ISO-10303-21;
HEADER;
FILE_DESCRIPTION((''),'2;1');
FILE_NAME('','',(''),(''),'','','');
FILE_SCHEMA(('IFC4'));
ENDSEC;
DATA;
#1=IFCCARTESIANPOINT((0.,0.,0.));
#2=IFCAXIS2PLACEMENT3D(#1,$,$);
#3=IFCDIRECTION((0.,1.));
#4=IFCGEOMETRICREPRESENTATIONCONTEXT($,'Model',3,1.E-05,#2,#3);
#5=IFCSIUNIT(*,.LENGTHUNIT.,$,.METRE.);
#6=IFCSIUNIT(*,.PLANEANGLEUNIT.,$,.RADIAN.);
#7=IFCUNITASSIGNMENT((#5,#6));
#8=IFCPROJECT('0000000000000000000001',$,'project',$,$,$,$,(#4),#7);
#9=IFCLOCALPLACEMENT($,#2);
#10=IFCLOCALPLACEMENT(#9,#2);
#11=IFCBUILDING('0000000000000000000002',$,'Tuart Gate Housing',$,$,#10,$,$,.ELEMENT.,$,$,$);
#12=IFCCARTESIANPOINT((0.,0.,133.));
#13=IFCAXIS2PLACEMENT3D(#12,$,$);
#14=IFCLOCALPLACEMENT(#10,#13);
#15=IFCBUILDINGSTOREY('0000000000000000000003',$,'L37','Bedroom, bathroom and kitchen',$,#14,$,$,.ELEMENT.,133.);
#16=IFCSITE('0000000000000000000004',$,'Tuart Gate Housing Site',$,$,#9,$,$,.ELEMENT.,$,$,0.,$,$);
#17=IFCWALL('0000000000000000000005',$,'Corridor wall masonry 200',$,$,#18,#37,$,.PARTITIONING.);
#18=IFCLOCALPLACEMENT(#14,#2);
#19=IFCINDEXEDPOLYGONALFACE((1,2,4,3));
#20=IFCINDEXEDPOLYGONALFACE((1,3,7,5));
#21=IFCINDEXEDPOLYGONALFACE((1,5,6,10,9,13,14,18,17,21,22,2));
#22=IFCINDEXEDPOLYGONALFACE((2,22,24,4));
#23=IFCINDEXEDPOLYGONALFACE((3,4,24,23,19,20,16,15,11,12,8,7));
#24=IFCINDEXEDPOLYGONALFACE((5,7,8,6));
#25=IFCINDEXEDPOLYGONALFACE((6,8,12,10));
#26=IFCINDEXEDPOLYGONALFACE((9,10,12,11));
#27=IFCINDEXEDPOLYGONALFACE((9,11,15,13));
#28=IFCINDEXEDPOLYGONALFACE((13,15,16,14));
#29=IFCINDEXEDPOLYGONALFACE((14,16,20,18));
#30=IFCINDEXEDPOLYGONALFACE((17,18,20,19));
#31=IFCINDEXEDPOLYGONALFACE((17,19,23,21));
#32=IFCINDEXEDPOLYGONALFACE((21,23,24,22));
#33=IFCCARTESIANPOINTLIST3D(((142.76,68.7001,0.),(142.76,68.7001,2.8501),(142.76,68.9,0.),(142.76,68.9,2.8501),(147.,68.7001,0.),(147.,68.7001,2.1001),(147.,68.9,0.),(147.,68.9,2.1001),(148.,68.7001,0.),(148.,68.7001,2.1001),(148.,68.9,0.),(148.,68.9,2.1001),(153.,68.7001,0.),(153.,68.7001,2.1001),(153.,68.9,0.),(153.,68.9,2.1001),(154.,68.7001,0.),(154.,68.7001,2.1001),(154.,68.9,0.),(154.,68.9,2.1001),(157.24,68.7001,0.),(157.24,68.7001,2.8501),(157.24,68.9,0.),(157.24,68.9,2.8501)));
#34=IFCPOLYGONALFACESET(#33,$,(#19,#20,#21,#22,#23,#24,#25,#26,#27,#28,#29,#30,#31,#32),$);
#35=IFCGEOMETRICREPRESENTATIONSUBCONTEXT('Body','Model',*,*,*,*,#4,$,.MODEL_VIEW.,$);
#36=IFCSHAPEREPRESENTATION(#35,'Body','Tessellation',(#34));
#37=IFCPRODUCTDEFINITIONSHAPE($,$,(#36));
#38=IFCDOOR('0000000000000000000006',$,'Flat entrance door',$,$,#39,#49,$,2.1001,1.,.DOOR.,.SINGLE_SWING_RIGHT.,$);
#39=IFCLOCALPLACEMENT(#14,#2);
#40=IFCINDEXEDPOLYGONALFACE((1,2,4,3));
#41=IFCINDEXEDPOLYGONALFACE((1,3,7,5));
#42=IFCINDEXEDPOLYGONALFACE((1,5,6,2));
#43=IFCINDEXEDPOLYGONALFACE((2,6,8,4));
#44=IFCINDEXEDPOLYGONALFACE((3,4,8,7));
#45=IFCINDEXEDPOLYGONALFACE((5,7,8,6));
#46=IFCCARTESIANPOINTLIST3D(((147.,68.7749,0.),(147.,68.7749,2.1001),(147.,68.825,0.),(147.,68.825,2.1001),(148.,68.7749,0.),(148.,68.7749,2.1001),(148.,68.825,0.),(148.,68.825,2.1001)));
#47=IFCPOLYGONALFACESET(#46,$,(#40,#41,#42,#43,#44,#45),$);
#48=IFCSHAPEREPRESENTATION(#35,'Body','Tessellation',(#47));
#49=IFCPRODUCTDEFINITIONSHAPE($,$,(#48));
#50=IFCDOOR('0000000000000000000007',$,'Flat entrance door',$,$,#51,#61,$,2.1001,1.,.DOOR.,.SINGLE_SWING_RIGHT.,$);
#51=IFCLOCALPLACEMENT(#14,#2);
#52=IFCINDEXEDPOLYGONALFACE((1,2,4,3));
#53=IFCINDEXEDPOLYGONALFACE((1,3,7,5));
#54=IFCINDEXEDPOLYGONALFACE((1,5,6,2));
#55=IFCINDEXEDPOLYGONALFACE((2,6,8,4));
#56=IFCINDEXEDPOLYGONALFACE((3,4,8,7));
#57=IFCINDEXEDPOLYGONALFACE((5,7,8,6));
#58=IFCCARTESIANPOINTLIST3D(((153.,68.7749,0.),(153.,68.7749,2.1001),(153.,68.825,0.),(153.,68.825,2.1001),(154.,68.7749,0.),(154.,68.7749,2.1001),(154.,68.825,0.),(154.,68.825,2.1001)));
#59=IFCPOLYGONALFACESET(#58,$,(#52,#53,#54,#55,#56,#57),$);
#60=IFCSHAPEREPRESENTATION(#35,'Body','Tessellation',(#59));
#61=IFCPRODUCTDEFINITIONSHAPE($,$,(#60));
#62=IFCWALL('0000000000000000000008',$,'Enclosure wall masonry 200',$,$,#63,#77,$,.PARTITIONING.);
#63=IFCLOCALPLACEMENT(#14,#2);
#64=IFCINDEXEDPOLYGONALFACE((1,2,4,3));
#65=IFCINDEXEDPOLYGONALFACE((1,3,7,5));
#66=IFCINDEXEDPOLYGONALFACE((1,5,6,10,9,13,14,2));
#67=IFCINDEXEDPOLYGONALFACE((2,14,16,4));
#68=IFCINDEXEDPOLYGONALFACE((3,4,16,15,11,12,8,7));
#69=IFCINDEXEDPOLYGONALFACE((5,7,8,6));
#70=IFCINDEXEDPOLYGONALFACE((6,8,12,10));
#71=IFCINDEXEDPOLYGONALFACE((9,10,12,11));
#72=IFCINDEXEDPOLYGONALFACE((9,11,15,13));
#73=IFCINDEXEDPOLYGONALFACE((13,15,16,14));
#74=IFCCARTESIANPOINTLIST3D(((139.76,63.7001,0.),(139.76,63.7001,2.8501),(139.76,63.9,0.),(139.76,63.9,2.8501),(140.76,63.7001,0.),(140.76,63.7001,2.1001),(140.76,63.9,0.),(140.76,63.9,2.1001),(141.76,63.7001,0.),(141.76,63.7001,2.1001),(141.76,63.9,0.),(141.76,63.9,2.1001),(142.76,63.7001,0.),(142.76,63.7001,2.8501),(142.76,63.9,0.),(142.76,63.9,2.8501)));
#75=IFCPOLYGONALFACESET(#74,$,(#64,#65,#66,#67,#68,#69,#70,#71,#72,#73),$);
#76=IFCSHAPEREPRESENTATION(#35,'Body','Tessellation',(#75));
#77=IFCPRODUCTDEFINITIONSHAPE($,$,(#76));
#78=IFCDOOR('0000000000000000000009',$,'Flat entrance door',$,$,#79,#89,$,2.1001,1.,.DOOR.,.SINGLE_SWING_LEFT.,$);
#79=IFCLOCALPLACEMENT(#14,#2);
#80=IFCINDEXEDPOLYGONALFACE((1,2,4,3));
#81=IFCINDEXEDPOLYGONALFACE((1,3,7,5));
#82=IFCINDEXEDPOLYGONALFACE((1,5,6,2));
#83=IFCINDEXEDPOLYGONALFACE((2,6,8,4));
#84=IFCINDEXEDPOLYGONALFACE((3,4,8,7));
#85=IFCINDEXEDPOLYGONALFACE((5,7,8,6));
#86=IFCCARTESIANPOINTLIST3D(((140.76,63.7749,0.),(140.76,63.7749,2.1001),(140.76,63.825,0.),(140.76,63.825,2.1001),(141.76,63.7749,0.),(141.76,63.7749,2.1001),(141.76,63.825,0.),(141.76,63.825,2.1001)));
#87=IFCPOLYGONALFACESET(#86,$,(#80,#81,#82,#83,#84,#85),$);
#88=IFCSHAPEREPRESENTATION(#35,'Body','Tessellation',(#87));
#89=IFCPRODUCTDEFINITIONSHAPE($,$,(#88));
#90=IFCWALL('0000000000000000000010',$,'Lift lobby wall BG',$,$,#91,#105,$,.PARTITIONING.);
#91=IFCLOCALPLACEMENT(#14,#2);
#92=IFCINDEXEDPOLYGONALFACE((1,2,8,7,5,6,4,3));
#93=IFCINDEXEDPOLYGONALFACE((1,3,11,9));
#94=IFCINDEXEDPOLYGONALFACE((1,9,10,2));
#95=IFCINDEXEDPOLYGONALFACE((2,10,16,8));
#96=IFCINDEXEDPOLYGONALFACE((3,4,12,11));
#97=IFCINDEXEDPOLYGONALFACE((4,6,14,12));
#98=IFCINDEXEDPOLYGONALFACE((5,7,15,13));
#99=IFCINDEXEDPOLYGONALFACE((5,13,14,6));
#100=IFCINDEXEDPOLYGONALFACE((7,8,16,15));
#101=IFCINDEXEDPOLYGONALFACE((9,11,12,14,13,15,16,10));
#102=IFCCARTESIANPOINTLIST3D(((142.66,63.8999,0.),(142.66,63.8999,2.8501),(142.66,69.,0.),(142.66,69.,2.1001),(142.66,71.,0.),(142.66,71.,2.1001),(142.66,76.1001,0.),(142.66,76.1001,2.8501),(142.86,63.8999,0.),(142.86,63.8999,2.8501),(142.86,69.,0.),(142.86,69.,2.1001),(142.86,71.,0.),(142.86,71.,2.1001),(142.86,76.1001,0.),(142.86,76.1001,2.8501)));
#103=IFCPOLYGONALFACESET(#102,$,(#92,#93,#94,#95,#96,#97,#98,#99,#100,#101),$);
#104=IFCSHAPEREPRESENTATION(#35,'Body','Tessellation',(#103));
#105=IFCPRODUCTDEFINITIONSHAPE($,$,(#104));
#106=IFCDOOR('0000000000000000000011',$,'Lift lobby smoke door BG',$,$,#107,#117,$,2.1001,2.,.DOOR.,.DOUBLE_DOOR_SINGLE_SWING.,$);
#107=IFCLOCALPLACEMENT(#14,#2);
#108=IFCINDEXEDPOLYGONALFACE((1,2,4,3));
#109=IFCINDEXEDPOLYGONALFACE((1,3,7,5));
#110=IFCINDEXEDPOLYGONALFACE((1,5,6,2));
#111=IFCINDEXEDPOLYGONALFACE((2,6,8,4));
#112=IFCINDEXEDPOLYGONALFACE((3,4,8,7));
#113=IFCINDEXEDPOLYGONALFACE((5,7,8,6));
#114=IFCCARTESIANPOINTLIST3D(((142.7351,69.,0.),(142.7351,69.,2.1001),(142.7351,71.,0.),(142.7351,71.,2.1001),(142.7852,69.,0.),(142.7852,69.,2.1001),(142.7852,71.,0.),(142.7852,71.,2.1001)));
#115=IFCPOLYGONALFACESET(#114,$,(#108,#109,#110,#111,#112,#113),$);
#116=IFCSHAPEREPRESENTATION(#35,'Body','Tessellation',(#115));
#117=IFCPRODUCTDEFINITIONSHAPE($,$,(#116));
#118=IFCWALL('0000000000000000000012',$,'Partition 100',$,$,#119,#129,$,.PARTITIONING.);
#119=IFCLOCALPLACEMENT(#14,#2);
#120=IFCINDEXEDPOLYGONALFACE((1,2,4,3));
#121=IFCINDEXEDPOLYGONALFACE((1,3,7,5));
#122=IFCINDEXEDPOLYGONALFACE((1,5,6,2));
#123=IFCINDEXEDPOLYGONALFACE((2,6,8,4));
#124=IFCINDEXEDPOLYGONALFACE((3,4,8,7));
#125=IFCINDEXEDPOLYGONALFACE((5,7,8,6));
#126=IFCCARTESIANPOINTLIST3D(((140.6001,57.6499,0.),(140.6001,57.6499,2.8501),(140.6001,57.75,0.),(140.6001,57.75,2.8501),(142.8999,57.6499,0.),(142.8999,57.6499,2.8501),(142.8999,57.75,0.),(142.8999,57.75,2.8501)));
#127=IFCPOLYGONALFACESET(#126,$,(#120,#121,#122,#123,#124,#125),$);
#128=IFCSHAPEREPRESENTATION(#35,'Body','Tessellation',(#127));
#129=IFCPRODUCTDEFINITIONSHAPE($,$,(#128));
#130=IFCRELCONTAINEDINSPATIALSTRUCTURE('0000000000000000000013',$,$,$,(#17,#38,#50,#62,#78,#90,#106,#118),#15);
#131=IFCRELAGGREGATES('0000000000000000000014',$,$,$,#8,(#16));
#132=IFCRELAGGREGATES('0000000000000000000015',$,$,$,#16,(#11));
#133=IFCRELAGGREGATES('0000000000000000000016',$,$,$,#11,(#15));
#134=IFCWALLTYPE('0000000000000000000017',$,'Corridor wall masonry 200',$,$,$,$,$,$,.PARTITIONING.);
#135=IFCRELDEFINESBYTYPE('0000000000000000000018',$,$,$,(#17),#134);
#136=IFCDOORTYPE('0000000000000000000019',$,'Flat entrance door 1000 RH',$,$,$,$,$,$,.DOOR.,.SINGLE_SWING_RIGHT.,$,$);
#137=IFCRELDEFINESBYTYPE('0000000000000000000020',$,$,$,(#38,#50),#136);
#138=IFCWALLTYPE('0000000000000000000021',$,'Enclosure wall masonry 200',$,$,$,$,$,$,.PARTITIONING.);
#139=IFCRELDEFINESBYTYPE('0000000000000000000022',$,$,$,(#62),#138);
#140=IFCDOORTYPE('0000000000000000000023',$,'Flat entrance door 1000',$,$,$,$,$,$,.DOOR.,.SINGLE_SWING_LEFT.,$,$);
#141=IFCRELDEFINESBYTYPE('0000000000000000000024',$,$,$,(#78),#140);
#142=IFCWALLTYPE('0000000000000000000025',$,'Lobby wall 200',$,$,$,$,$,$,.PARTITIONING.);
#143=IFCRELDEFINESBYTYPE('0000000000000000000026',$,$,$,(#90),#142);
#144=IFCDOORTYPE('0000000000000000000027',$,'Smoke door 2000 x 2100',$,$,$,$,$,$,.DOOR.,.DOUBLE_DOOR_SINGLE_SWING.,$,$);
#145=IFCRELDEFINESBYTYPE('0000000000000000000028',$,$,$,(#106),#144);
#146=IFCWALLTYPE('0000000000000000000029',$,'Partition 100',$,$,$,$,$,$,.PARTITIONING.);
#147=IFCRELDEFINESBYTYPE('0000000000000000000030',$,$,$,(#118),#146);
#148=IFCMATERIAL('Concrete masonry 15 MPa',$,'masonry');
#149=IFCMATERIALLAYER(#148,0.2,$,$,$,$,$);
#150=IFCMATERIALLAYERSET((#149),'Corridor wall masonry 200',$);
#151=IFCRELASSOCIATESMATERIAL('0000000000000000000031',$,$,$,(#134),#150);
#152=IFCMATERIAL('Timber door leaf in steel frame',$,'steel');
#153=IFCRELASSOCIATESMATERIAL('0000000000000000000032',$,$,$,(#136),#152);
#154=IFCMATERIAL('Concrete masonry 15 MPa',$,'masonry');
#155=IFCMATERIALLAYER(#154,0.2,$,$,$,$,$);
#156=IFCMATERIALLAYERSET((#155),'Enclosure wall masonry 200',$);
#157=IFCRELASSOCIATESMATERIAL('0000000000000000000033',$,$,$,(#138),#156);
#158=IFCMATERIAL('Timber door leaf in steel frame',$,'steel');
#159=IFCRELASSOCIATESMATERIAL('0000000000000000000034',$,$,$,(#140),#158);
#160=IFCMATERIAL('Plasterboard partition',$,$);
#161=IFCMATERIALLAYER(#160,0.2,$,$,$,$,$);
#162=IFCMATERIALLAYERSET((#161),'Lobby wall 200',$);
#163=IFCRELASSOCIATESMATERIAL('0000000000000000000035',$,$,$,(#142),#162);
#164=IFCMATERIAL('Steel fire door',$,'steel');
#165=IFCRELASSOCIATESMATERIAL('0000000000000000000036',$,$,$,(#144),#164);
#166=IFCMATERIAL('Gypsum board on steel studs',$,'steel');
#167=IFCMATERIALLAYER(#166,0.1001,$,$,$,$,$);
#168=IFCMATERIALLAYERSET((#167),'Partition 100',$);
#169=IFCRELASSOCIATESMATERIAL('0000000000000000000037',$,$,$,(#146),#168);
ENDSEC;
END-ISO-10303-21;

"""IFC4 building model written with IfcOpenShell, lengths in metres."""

from ifc_helpers import new_model, si_unit, direction, frame, frame_2d, origin, place, context, subcontext, project, spatial, rectangle, extrude, material, layer, layer_set, type_object, element, fill, save


model = new_model("IFC4")

# Units and contexts
model_context = context("Model", 3, precision=1e-05, world=origin(), true_north=direction((0.0, 1.0)))
body_context = subcontext(model_context, "Body", "Model", "MODEL_VIEW")
ifc_project = project(units=[si_unit("LENGTHUNIT", "METRE"), si_unit("PLANEANGLEUNIT", "RADIAN")], contexts=[model_context])

# Site, building, storey
site_placement = place(None, origin())
site = spatial("IfcSite", under=ifc_project, at=site_placement, Name="Tuart Gate Housing Site", CompositionType="ELEMENT", RefElevation=0.0)
building_placement = place(site_placement, origin())
building = spatial("IfcBuilding", under=site, at=building_placement, Name="Tuart Gate Housing", CompositionType="ELEMENT")
storey_placement = place(building_placement, frame((0.0, 0.0, 133.0)))
storey = spatial("IfcBuildingStorey", under=building, at=storey_placement, Name="L37", Description="Bedroom, bathroom and kitchen", CompositionType="ELEMENT", Elevation=133.0)

# Wall, openings, doors
ifc_material_1 = material(Name="Concrete masonry 15 MPa", Category="masonry")
ifc_layer_1 = layer(ifc_material_1, 0.2)
ifc_layer_set_1 = layer_set([ifc_layer_1], Name="Corridor wall masonry 200")
wall_type_1 = type_object("IfcWallType", Name="Corridor wall masonry 200", PredefinedType="PARTITIONING", material=ifc_layer_set_1)
wall_1_placement = place(storey_placement, frame((142.76, 68.8, 0.0), z_axis=(0.0, 0.0, 1.0), x_axis=(1.0, 0.0, 0.0)))
wall_1 = element("IfcWall", 1, at=wall_1_placement, inside=storey, type_object=wall_type_1, Name="Corridor wall masonry 200", PredefinedType="PARTITIONING", context=body_context, shape_type="SweptSolid", body=[
    extrude(rectangle(XDim=14.48, YDim=0.2, at=frame_2d((7.24, 0.0))), origin(), (0.0, 0.0, 1.0), 2.8501),
])
opening_1_placement = place(wall_1_placement, frame((4.24, 0.0, 0.0)))
opening_1 = element("IfcOpeningElement", 2, at=opening_1_placement, cuts=wall_1, PredefinedType="OPENING", context=body_context, shape_type="SweptSolid", body=[
    extrude(rectangle(XDim=1.0, YDim=2.1001, at=frame_2d((0.5, 1.05))), frame((0.0, 0.1099, 0.0), z_axis=(0.0, -1.0, 0.0), x_axis=(1.0, 0.0, 0.0)), (0.0, 0.0, 1.0), 0.22),
])
opening_2_placement = place(wall_1_placement, frame((10.24, 0.0, 0.0)))
opening_2 = element("IfcOpeningElement", 3, at=opening_2_placement, cuts=wall_1, PredefinedType="OPENING", context=body_context, shape_type="SweptSolid", body=[
    extrude(rectangle(XDim=1.0, YDim=2.1001, at=frame_2d((0.5, 1.05))), frame((0.0, 0.1099, 0.0), z_axis=(0.0, -1.0, 0.0), x_axis=(1.0, 0.0, 0.0)), (0.0, 0.0, 1.0), 0.22),
])
ifc_material_2 = material(Name="Timber door leaf in steel frame", Category="steel")
door_type_1 = type_object("IfcDoorType", Name="Flat entrance door 1000 RH", OperationType="SINGLE_SWING_RIGHT", PredefinedType="DOOR", material=ifc_material_2)
door_1_placement = place(opening_1_placement, frame((1.0, 0.0, 0.0), z_axis=(0.0, 0.0, 1.0), x_axis=(-1.0, 0.0, 0.0)))
door_1 = element("IfcDoor", 4, at=door_1_placement, inside=storey, type_object=door_type_1, Name="Flat entrance door", OperationType="SINGLE_SWING_RIGHT", OverallHeight=2.1001, OverallWidth=1.0, PredefinedType="DOOR", context=body_context, shape_type="SweptSolid", body=[
    extrude(rectangle(XDim=1.0, YDim=2.1001, at=frame_2d((0.5, 1.05))), frame((0.0, 0.0251, 0.0), z_axis=(0.0, -1.0, 0.0), x_axis=(1.0, 0.0, 0.0)), (0.0, 0.0, 1.0), 0.05),
])
fill(opening_1, door_1)
door_2_placement = place(opening_2_placement, frame((1.0, 0.0, 0.0), z_axis=(0.0, 0.0, 1.0), x_axis=(-1.0, 0.0, 0.0)))
door_2 = element("IfcDoor", 5, at=door_2_placement, inside=storey, type_object=door_type_1, Name="Flat entrance door", OperationType="SINGLE_SWING_RIGHT", OverallHeight=2.1001, OverallWidth=1.0, PredefinedType="DOOR", context=body_context, shape_type="SweptSolid", body=[
    extrude(rectangle(XDim=1.0, YDim=2.1001, at=frame_2d((0.5, 1.05))), frame((0.0, 0.0251, 0.0), z_axis=(0.0, -1.0, 0.0), x_axis=(1.0, 0.0, 0.0)), (0.0, 0.0, 1.0), 0.05),
])
fill(opening_2, door_2)

# Walls, openings, doors
ifc_material_3 = material(Name="Concrete masonry 15 MPa", Category="masonry")
ifc_layer_2 = layer(ifc_material_3, 0.2)
ifc_layer_set_2 = layer_set([ifc_layer_2], Name="Enclosure wall masonry 200")
wall_type_2 = type_object("IfcWallType", Name="Enclosure wall masonry 200", PredefinedType="PARTITIONING", material=ifc_layer_set_2)
wall_2_placement = place(storey_placement, frame((139.76, 63.8, 0.0), z_axis=(0.0, 0.0, 1.0), x_axis=(1.0, 0.0, 0.0)))
wall_2 = element("IfcWall", 6, at=wall_2_placement, inside=storey, type_object=wall_type_2, Name="Enclosure wall masonry 200", PredefinedType="PARTITIONING", context=body_context, shape_type="SweptSolid", body=[
    extrude(rectangle(XDim=3.0, YDim=0.2, at=frame_2d((1.5, 0.0))), origin(), (0.0, 0.0, 1.0), 2.8501),
])
opening_3_placement = place(wall_2_placement, frame((1.0, 0.0, 0.0)))
opening_3 = element("IfcOpeningElement", 7, at=opening_3_placement, cuts=wall_2, PredefinedType="OPENING", context=body_context, shape_type="SweptSolid", body=[
    extrude(rectangle(XDim=1.0, YDim=2.1001, at=frame_2d((0.5, 1.05))), frame((0.0, 0.1099, 0.0), z_axis=(0.0, -1.0, 0.0), x_axis=(1.0, 0.0, 0.0)), (0.0, 0.0, 1.0), 0.22),
])
ifc_material_4 = material(Name="Timber door leaf in steel frame", Category="steel")
door_type_2 = type_object("IfcDoorType", Name="Flat entrance door 1000", OperationType="SINGLE_SWING_LEFT", PredefinedType="DOOR", material=ifc_material_4)
door_3_placement = place(opening_3_placement, frame((1.0, 0.0, 0.0), z_axis=(0.0, 0.0, 1.0), x_axis=(-1.0, 0.0, 0.0)))
door_3 = element("IfcDoor", 8, at=door_3_placement, inside=storey, type_object=door_type_2, Name="Flat entrance door", OperationType="SINGLE_SWING_LEFT", OverallHeight=2.1001, OverallWidth=1.0, PredefinedType="DOOR", context=body_context, shape_type="SweptSolid", body=[
    extrude(rectangle(XDim=1.0, YDim=2.1001, at=frame_2d((0.5, 1.05))), frame((0.0, 0.0251, 0.0), z_axis=(0.0, -1.0, 0.0), x_axis=(1.0, 0.0, 0.0)), (0.0, 0.0, 1.0), 0.05),
])
fill(opening_3, door_3)
ifc_material_5 = material(Name="Plasterboard partition")
ifc_layer_3 = layer(ifc_material_5, 0.2)
ifc_layer_set_3 = layer_set([ifc_layer_3], Name="Lobby wall 200")
wall_type_3 = type_object("IfcWallType", Name="Lobby wall 200", PredefinedType="PARTITIONING", material=ifc_layer_set_3)
wall_3_placement = place(storey_placement, frame((142.76, 63.8999, 0.0), z_axis=(0.0, 0.0, 1.0), x_axis=(0.0, 1.0, 0.0)))
wall_3 = element("IfcWall", 9, at=wall_3_placement, inside=storey, type_object=wall_type_3, Name="Lift lobby wall BG", PredefinedType="PARTITIONING", context=body_context, shape_type="SweptSolid", body=[
    extrude(rectangle(XDim=12.2002, YDim=0.2, at=frame_2d((6.1001, 0.0))), origin(), (0.0, 0.0, 1.0), 2.8501),
])
opening_4_placement = place(wall_3_placement, frame((5.1001, 0.0, 0.0)))
opening_4 = element("IfcOpeningElement", 10, at=opening_4_placement, cuts=wall_3, PredefinedType="OPENING", context=body_context, shape_type="SweptSolid", body=[
    extrude(rectangle(XDim=2.0, YDim=2.1001, at=frame_2d((1.0, 1.05))), frame((0.0, 0.1099, 0.0), z_axis=(0.0, -1.0, 0.0), x_axis=(1.0, 0.0, 0.0)), (0.0, 0.0, 1.0), 0.22),
])
ifc_material_6 = material(Name="Steel fire door", Category="steel")
door_type_3 = type_object("IfcDoorType", Name="Smoke door 2000 x 2100", OperationType="DOUBLE_DOOR_SINGLE_SWING", PredefinedType="DOOR", material=ifc_material_6)
door_4_placement = place(opening_4_placement, origin())
door_4 = element("IfcDoor", 11, at=door_4_placement, inside=storey, type_object=door_type_3, Name="Lift lobby smoke door BG", OperationType="DOUBLE_DOOR_SINGLE_SWING", OverallHeight=2.1001, OverallWidth=2.0, PredefinedType="DOOR", context=body_context, shape_type="SweptSolid", body=[
    extrude(rectangle(XDim=2.0, YDim=2.1001, at=frame_2d((1.0, 1.05))), frame((0.0, 0.0249, 0.0), z_axis=(0.0, -1.0, 0.0), x_axis=(1.0, 0.0, 0.0)), (0.0, 0.0, 1.0), 0.05),
])
fill(opening_4, door_4)

# Wall
ifc_material_7 = material(Name="Gypsum board on steel studs", Category="steel")
ifc_layer_4 = layer(ifc_material_7, 0.1001)
ifc_layer_set_4 = layer_set([ifc_layer_4], Name="Partition 100")
wall_type_4 = type_object("IfcWallType", Name="Partition 100", PredefinedType="PARTITIONING", material=ifc_layer_set_4)
wall_4_placement = place(storey_placement, frame((140.6001, 57.7, 0.0), z_axis=(0.0, 0.0, 1.0), x_axis=(1.0, 0.0, 0.0)))
element("IfcWall", 12, at=wall_4_placement, inside=storey, type_object=wall_type_4, Name="Partition 100", PredefinedType="PARTITIONING", context=body_context, shape_type="SweptSolid", body=[
    extrude(rectangle(XDim=2.2998, YDim=0.1001, at=frame_2d((1.1499, 0.0))), origin(), (0.0, 0.0, 1.0), 2.8501),
])

save(model, "model.ifc")
